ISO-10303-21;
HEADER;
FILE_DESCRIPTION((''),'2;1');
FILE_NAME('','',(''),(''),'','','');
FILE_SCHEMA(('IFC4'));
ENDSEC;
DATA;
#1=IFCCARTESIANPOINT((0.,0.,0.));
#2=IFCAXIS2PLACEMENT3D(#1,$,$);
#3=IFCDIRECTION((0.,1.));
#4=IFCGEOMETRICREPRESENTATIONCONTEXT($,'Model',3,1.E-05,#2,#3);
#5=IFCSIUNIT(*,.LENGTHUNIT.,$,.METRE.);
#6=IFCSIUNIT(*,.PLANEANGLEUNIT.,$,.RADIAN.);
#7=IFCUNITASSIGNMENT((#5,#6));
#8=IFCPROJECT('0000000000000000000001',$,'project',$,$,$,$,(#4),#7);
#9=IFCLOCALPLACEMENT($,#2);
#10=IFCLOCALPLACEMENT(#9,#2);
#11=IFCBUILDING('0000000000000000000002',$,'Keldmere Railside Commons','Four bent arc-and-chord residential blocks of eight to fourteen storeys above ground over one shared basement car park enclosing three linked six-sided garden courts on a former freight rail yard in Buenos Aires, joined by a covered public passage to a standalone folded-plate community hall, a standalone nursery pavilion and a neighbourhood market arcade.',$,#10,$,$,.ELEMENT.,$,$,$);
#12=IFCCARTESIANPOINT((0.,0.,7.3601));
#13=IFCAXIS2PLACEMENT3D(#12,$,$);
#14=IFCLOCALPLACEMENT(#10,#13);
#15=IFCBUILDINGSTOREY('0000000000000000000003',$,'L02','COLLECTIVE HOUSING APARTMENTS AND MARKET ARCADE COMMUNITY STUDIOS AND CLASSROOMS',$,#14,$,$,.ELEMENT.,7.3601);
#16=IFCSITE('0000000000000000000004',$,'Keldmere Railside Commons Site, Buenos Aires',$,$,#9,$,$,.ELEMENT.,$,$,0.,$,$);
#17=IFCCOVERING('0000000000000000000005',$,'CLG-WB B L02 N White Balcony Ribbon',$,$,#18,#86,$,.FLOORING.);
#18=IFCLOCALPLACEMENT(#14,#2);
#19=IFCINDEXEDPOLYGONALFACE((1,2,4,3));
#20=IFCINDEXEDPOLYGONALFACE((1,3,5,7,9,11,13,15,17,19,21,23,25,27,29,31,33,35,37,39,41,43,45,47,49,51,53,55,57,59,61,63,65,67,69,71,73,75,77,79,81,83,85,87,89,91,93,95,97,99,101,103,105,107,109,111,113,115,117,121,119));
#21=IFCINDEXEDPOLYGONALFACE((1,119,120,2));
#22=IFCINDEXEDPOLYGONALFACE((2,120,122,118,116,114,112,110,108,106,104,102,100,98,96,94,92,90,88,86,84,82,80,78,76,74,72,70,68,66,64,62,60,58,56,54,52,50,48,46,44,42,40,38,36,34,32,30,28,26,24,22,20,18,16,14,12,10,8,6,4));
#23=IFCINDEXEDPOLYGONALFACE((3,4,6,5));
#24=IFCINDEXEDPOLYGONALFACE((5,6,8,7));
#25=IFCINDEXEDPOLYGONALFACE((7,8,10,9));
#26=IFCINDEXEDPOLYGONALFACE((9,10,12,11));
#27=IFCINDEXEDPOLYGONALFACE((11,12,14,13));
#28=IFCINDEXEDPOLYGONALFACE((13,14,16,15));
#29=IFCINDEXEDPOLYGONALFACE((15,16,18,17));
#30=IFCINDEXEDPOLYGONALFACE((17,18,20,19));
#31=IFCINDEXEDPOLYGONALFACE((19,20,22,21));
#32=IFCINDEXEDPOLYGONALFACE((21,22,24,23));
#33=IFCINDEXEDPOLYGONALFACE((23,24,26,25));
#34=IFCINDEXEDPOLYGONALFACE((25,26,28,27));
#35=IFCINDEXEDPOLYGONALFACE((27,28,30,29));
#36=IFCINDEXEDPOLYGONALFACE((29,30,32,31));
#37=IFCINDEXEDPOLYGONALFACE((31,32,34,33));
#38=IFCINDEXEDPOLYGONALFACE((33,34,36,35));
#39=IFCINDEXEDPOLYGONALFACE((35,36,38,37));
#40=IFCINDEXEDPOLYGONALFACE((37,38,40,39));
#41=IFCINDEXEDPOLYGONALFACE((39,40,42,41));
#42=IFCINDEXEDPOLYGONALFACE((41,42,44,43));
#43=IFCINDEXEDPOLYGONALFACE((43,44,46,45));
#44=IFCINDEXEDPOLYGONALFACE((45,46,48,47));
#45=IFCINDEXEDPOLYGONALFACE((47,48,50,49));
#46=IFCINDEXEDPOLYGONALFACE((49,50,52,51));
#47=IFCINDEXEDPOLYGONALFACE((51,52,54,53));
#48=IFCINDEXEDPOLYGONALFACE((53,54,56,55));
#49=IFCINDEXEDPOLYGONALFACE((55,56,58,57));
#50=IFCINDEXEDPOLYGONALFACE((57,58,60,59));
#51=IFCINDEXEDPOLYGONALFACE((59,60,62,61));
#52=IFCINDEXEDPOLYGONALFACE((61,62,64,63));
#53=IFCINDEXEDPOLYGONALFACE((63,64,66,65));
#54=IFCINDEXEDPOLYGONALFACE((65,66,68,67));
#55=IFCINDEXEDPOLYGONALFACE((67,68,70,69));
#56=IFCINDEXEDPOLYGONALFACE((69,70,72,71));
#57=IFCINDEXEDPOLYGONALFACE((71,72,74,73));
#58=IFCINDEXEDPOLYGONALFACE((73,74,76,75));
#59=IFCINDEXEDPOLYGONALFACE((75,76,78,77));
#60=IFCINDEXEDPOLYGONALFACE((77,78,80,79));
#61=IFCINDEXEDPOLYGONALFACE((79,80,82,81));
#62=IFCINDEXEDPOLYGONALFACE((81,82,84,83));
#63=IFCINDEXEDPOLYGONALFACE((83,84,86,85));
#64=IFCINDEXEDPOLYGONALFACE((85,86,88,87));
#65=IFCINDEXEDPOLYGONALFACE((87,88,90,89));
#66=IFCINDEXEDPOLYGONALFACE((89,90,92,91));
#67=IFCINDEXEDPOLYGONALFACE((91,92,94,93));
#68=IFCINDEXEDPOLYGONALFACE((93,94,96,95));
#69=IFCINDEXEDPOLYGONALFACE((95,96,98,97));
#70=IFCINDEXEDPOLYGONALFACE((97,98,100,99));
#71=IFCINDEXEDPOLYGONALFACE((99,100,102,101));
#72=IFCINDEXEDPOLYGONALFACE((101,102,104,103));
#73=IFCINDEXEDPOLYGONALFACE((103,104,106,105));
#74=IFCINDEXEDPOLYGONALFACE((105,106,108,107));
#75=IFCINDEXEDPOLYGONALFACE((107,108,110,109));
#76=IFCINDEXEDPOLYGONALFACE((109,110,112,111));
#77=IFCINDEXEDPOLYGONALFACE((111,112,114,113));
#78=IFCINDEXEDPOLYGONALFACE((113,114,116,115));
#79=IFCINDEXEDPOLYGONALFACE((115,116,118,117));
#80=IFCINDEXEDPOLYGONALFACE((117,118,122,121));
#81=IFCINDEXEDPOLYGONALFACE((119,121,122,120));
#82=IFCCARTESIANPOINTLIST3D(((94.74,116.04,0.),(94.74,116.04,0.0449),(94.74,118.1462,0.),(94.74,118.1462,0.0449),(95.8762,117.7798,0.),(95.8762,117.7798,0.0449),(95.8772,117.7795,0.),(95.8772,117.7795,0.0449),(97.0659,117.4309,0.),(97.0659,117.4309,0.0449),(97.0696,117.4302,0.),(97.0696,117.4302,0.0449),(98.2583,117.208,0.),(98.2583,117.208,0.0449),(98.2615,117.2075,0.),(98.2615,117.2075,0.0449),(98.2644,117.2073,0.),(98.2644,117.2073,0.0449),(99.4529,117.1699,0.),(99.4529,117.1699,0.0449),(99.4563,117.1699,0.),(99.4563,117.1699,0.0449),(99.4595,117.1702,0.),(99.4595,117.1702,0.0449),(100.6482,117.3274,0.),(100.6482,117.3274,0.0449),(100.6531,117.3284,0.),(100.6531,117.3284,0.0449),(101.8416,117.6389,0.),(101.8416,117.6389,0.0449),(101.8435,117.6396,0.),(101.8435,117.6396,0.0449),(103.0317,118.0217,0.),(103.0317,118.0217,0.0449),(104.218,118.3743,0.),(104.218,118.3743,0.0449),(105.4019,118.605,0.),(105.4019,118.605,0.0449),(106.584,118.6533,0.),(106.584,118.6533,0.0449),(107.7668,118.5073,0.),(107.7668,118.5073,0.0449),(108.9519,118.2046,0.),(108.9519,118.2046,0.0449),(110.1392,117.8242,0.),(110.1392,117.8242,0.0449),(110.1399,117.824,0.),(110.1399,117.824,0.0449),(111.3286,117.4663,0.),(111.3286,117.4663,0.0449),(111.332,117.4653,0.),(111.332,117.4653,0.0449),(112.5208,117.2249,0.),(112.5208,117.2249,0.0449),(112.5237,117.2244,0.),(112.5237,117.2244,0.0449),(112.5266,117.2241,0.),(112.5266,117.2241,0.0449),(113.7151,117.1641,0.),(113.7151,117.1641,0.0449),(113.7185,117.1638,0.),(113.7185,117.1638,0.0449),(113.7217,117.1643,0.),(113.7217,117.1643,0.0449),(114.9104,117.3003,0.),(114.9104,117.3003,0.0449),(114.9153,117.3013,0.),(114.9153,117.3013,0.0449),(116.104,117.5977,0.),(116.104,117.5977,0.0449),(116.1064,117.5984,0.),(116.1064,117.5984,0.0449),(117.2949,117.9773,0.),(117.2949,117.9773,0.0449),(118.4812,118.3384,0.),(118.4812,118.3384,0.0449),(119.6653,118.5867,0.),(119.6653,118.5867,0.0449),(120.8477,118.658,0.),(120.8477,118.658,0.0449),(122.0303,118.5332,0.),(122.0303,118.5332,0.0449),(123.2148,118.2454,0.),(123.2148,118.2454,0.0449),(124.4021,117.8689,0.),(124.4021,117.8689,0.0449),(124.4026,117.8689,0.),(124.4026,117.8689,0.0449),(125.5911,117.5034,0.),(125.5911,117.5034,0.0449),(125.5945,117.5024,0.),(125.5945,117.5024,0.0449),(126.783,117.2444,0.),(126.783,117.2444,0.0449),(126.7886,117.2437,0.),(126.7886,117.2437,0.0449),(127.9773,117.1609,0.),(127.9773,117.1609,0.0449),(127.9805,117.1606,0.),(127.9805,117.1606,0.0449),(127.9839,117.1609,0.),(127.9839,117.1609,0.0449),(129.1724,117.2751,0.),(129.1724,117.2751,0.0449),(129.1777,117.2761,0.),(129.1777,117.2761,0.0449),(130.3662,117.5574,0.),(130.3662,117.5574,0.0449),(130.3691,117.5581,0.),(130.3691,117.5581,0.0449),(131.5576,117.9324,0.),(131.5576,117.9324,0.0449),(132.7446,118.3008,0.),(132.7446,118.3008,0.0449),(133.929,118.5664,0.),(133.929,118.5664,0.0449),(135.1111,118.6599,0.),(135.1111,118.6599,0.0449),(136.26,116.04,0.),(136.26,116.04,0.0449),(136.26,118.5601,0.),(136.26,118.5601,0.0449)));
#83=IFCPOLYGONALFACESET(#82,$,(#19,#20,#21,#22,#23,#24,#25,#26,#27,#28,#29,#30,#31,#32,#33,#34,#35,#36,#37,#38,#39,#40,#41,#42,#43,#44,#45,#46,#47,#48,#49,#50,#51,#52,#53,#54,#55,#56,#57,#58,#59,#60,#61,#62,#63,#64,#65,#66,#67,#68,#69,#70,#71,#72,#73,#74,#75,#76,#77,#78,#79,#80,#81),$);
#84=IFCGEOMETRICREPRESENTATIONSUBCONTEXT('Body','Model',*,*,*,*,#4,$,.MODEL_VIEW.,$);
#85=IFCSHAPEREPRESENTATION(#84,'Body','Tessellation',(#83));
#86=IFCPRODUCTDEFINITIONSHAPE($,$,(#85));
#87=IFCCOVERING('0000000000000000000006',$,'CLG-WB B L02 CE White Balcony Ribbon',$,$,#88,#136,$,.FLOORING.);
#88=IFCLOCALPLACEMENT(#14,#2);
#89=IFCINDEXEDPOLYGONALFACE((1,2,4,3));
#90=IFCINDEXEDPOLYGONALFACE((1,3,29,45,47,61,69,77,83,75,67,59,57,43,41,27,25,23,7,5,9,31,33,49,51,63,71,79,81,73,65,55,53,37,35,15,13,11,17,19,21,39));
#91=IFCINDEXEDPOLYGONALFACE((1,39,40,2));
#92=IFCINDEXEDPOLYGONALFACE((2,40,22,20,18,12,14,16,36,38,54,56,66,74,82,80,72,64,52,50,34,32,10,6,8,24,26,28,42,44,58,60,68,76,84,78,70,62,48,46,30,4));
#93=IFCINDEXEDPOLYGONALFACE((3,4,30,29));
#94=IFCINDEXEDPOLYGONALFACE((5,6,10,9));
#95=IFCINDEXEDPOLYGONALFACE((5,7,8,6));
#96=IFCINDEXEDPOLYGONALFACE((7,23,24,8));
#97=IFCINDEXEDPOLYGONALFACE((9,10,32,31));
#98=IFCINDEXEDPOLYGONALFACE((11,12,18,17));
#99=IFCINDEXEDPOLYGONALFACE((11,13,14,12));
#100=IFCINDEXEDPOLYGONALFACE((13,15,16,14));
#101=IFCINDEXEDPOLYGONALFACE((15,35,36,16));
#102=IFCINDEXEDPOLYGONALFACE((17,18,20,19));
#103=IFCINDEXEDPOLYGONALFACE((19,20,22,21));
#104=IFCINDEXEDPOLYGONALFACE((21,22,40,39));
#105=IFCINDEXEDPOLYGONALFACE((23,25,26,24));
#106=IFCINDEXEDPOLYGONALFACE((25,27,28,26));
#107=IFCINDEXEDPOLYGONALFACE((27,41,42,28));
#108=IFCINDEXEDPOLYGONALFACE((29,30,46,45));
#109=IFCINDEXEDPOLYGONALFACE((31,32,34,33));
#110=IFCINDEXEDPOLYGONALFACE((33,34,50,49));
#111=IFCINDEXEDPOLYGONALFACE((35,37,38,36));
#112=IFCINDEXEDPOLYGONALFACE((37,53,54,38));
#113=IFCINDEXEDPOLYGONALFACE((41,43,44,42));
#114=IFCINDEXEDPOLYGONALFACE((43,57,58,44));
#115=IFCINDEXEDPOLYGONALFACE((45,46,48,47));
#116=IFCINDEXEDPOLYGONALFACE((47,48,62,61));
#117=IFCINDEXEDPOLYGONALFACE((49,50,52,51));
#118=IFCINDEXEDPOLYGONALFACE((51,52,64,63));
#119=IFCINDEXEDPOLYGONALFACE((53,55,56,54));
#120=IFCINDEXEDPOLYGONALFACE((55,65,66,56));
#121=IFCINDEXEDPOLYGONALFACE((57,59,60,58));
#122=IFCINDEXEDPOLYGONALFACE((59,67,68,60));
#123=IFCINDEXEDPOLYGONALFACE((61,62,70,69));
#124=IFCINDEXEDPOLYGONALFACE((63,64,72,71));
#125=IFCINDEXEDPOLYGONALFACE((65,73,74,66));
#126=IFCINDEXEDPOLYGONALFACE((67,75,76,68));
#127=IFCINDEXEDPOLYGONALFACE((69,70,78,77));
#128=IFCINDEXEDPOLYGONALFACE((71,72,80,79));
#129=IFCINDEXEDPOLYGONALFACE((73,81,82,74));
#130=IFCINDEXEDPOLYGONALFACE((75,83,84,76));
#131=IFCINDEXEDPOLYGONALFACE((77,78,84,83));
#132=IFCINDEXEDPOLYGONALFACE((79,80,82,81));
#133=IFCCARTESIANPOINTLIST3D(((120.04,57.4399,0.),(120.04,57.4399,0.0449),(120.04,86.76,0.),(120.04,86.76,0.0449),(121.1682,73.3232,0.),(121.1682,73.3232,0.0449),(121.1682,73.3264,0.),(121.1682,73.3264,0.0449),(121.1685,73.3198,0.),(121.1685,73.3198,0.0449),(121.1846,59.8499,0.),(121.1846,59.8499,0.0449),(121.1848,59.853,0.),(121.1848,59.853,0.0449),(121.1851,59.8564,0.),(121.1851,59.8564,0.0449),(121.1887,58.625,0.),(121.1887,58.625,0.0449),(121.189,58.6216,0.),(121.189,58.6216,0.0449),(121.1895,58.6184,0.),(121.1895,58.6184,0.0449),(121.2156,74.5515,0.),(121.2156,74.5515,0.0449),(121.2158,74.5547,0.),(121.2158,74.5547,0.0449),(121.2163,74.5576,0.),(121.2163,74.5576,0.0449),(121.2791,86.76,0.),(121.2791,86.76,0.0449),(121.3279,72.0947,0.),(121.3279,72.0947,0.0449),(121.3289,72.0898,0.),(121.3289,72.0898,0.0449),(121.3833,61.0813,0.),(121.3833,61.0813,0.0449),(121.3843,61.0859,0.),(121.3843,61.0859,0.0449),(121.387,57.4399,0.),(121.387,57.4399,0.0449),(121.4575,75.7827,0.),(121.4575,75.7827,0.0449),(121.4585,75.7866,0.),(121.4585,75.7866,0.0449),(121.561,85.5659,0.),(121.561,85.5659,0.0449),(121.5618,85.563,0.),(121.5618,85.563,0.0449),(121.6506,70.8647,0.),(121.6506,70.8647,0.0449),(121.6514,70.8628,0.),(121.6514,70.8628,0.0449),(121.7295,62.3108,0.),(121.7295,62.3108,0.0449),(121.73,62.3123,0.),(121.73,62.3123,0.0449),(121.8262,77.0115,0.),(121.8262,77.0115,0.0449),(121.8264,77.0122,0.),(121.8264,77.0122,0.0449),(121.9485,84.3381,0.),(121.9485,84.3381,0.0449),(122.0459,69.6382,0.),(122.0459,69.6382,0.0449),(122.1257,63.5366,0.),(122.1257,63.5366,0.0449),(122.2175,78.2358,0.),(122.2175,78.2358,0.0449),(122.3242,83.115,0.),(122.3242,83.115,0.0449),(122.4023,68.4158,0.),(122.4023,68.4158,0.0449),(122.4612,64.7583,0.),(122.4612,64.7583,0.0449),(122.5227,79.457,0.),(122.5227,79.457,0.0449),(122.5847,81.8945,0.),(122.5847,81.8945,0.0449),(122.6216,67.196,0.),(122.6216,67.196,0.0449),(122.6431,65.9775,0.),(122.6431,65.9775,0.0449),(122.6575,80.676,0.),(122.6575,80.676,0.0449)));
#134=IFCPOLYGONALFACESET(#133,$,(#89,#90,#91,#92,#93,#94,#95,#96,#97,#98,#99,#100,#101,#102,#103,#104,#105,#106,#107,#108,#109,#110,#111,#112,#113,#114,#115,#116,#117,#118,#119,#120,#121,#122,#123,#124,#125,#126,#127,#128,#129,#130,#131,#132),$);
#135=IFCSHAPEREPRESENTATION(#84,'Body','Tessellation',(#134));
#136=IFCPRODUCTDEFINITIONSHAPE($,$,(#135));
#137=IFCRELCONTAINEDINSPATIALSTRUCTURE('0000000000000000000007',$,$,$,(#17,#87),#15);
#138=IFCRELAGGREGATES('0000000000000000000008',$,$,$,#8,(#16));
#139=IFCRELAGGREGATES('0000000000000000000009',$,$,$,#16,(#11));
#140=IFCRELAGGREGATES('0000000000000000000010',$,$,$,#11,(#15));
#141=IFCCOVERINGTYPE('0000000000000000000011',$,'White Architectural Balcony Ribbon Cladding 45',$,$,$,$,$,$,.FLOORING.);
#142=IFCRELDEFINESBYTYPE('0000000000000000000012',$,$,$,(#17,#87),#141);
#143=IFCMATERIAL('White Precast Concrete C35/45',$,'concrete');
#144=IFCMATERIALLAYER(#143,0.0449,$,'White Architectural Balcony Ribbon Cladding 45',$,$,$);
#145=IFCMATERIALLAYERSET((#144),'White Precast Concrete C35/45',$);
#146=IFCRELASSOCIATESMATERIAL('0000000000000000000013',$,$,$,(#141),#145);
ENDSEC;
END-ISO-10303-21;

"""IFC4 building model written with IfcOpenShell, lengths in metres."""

from ifc_helpers import new_model, si_unit, direction, frame, origin, place, context, subcontext, project, spatial, polyline, outline, extrude, material, layer, layer_set, type_object, element, save


model = new_model("IFC4")

# Units and contexts
model_context = context("Model", 3, precision=1e-05, world=origin(), true_north=direction((0.0, 1.0)))
body_context = subcontext(model_context, "Body", "Model", "MODEL_VIEW")
ifc_project = project(units=[si_unit("LENGTHUNIT", "METRE"), si_unit("PLANEANGLEUNIT", "RADIAN")], contexts=[model_context])

# Site, building, storey
site_placement = place(None, origin())
site = spatial("IfcSite", under=ifc_project, at=site_placement, Name="Keldmere Railside Commons Site, Buenos Aires", CompositionType="ELEMENT", RefElevation=0.0)
building_placement = place(site_placement, origin())
building = spatial("IfcBuilding", under=site, at=building_placement, Name="Keldmere Railside Commons", Description="Four bent arc-and-chord residential blocks of eight to fourteen storeys above ground over one shared basement car park enclosing three linked six-sided garden courts on a former freight rail yard in Buenos Aires, joined by a covered public passage to a standalone folded-plate community hall, a standalone nursery pavilion and a neighbourhood market arcade.", CompositionType="ELEMENT")
storey_placement = place(building_placement, frame((0.0, 0.0, 7.3601)))
storey = spatial("IfcBuildingStorey", under=building, at=storey_placement, Name="L02", Description="COLLECTIVE HOUSING APARTMENTS AND MARKET ARCADE COMMUNITY STUDIOS AND CLASSROOMS", CompositionType="ELEMENT", Elevation=7.3601)

# Coverings
ifc_material_1 = material(Name="White Precast Concrete C35/45", Category="concrete")
ifc_layer_1 = layer(ifc_material_1, 0.0449, Name="White Architectural Balcony Ribbon Cladding 45")
ifc_layer_set_1 = layer_set([ifc_layer_1], Name="White Precast Concrete C35/45")
covering_type = type_object("IfcCoveringType", Name="White Architectural Balcony Ribbon Cladding 45", PredefinedType="FLOORING", material=ifc_layer_set_1)
covering_1_placement = place(storey_placement, origin())
element("IfcCovering", 1, at=covering_1_placement, inside=storey, type_object=covering_type, Name="CLG-WB B L02 N White Balcony Ribbon", PredefinedType="FLOORING", context=body_context, shape_type="SweptSolid", body=[
    extrude(outline(polyline([(136.26, 116.04), (136.26, 118.5601), (135.1111, 118.6599), (133.929, 118.5664), (132.7446, 118.3008), (131.5576, 117.9324), (130.3691, 117.5581), (130.3662, 117.5574), (129.1777, 117.2761), (129.1724, 117.2751), (127.9839, 117.1609), (127.9805, 117.1606), (127.9773, 117.1609), (126.7886, 117.2437), (126.783, 117.2444), (125.5945, 117.5024), (125.5911, 117.5034), (124.4026, 117.8689), (124.4021, 117.8689), (123.2148, 118.2454), (122.0303, 118.5332), (120.8477, 118.658), (119.6653, 118.5867), (118.4812, 118.3384), (117.2949, 117.9773), (116.1064, 117.5984), (116.104, 117.5977), (114.9153, 117.3013), (114.9104, 117.3003), (113.7217, 117.1643), (113.7185, 117.1638), (113.7151, 117.1641), (112.5266, 117.2241), (112.5237, 117.2244), (112.5208, 117.2249), (111.332, 117.4653), (111.3286, 117.4663), (110.1399, 117.824), (110.1392, 117.8242), (108.9519, 118.2046), (107.7668, 118.5073), (106.584, 118.6533), (105.4019, 118.605), (104.218, 118.3743), (103.0317, 118.0217), (101.8435, 117.6396), (101.8416, 117.6389), (100.6531, 117.3284), (100.6482, 117.3274), (99.4595, 117.1702), (99.4563, 117.1699), (99.4529, 117.1699), (98.2644, 117.2073), (98.2615, 117.2075), (98.2583, 117.208), (97.0696, 117.4302), (97.0659, 117.4309), (95.8772, 117.7795), (95.8762, 117.7798), (94.74, 118.1462), (94.74, 116.04), (136.26, 116.04)])), origin(), (0.0, 0.0, 1.0), 0.0449),
])
covering_2_placement = place(storey_placement, origin())
element("IfcCovering", 2, at=covering_2_placement, inside=storey, type_object=covering_type, Name="CLG-WB B L02 CE White Balcony Ribbon", PredefinedType="FLOORING", context=body_context, shape_type="SweptSolid", body=[
    extrude(outline(polyline([(121.1895, 58.6184), (121.189, 58.6216), (121.1887, 58.625), (121.1846, 59.8499), (121.1848, 59.853), (121.1851, 59.8564), (121.3833, 61.0813), (121.3843, 61.0859), (121.7295, 62.3108), (121.73, 62.3123), (122.1257, 63.5366), (122.4612, 64.7583), (122.6431, 65.9775), (122.6216, 67.196), (122.4023, 68.4158), (122.0459, 69.6382), (121.6514, 70.8628), (121.6506, 70.8647), (121.3289, 72.0898), (121.3279, 72.0947), (121.1685, 73.3198), (121.1682, 73.3232), (121.1682, 73.3264), (121.2156, 74.5515), (121.2158, 74.5547), (121.2163, 74.5576), (121.4575, 75.7827), (121.4585, 75.7866), (121.8262, 77.0115), (121.8264, 77.0122), (122.2175, 78.2358), (122.5227, 79.457), (122.6575, 80.676), (122.5847, 81.8945), (122.3242, 83.115), (121.9485, 84.3381), (121.5618, 85.563), (121.561, 85.5659), (121.2791, 86.76), (120.04, 86.76), (120.04, 57.4399), (121.387, 57.4399), (121.1895, 58.6184)])), origin(), (0.0, 0.0, 1.0), 0.0449),
])

save(model, "model.ifc")
